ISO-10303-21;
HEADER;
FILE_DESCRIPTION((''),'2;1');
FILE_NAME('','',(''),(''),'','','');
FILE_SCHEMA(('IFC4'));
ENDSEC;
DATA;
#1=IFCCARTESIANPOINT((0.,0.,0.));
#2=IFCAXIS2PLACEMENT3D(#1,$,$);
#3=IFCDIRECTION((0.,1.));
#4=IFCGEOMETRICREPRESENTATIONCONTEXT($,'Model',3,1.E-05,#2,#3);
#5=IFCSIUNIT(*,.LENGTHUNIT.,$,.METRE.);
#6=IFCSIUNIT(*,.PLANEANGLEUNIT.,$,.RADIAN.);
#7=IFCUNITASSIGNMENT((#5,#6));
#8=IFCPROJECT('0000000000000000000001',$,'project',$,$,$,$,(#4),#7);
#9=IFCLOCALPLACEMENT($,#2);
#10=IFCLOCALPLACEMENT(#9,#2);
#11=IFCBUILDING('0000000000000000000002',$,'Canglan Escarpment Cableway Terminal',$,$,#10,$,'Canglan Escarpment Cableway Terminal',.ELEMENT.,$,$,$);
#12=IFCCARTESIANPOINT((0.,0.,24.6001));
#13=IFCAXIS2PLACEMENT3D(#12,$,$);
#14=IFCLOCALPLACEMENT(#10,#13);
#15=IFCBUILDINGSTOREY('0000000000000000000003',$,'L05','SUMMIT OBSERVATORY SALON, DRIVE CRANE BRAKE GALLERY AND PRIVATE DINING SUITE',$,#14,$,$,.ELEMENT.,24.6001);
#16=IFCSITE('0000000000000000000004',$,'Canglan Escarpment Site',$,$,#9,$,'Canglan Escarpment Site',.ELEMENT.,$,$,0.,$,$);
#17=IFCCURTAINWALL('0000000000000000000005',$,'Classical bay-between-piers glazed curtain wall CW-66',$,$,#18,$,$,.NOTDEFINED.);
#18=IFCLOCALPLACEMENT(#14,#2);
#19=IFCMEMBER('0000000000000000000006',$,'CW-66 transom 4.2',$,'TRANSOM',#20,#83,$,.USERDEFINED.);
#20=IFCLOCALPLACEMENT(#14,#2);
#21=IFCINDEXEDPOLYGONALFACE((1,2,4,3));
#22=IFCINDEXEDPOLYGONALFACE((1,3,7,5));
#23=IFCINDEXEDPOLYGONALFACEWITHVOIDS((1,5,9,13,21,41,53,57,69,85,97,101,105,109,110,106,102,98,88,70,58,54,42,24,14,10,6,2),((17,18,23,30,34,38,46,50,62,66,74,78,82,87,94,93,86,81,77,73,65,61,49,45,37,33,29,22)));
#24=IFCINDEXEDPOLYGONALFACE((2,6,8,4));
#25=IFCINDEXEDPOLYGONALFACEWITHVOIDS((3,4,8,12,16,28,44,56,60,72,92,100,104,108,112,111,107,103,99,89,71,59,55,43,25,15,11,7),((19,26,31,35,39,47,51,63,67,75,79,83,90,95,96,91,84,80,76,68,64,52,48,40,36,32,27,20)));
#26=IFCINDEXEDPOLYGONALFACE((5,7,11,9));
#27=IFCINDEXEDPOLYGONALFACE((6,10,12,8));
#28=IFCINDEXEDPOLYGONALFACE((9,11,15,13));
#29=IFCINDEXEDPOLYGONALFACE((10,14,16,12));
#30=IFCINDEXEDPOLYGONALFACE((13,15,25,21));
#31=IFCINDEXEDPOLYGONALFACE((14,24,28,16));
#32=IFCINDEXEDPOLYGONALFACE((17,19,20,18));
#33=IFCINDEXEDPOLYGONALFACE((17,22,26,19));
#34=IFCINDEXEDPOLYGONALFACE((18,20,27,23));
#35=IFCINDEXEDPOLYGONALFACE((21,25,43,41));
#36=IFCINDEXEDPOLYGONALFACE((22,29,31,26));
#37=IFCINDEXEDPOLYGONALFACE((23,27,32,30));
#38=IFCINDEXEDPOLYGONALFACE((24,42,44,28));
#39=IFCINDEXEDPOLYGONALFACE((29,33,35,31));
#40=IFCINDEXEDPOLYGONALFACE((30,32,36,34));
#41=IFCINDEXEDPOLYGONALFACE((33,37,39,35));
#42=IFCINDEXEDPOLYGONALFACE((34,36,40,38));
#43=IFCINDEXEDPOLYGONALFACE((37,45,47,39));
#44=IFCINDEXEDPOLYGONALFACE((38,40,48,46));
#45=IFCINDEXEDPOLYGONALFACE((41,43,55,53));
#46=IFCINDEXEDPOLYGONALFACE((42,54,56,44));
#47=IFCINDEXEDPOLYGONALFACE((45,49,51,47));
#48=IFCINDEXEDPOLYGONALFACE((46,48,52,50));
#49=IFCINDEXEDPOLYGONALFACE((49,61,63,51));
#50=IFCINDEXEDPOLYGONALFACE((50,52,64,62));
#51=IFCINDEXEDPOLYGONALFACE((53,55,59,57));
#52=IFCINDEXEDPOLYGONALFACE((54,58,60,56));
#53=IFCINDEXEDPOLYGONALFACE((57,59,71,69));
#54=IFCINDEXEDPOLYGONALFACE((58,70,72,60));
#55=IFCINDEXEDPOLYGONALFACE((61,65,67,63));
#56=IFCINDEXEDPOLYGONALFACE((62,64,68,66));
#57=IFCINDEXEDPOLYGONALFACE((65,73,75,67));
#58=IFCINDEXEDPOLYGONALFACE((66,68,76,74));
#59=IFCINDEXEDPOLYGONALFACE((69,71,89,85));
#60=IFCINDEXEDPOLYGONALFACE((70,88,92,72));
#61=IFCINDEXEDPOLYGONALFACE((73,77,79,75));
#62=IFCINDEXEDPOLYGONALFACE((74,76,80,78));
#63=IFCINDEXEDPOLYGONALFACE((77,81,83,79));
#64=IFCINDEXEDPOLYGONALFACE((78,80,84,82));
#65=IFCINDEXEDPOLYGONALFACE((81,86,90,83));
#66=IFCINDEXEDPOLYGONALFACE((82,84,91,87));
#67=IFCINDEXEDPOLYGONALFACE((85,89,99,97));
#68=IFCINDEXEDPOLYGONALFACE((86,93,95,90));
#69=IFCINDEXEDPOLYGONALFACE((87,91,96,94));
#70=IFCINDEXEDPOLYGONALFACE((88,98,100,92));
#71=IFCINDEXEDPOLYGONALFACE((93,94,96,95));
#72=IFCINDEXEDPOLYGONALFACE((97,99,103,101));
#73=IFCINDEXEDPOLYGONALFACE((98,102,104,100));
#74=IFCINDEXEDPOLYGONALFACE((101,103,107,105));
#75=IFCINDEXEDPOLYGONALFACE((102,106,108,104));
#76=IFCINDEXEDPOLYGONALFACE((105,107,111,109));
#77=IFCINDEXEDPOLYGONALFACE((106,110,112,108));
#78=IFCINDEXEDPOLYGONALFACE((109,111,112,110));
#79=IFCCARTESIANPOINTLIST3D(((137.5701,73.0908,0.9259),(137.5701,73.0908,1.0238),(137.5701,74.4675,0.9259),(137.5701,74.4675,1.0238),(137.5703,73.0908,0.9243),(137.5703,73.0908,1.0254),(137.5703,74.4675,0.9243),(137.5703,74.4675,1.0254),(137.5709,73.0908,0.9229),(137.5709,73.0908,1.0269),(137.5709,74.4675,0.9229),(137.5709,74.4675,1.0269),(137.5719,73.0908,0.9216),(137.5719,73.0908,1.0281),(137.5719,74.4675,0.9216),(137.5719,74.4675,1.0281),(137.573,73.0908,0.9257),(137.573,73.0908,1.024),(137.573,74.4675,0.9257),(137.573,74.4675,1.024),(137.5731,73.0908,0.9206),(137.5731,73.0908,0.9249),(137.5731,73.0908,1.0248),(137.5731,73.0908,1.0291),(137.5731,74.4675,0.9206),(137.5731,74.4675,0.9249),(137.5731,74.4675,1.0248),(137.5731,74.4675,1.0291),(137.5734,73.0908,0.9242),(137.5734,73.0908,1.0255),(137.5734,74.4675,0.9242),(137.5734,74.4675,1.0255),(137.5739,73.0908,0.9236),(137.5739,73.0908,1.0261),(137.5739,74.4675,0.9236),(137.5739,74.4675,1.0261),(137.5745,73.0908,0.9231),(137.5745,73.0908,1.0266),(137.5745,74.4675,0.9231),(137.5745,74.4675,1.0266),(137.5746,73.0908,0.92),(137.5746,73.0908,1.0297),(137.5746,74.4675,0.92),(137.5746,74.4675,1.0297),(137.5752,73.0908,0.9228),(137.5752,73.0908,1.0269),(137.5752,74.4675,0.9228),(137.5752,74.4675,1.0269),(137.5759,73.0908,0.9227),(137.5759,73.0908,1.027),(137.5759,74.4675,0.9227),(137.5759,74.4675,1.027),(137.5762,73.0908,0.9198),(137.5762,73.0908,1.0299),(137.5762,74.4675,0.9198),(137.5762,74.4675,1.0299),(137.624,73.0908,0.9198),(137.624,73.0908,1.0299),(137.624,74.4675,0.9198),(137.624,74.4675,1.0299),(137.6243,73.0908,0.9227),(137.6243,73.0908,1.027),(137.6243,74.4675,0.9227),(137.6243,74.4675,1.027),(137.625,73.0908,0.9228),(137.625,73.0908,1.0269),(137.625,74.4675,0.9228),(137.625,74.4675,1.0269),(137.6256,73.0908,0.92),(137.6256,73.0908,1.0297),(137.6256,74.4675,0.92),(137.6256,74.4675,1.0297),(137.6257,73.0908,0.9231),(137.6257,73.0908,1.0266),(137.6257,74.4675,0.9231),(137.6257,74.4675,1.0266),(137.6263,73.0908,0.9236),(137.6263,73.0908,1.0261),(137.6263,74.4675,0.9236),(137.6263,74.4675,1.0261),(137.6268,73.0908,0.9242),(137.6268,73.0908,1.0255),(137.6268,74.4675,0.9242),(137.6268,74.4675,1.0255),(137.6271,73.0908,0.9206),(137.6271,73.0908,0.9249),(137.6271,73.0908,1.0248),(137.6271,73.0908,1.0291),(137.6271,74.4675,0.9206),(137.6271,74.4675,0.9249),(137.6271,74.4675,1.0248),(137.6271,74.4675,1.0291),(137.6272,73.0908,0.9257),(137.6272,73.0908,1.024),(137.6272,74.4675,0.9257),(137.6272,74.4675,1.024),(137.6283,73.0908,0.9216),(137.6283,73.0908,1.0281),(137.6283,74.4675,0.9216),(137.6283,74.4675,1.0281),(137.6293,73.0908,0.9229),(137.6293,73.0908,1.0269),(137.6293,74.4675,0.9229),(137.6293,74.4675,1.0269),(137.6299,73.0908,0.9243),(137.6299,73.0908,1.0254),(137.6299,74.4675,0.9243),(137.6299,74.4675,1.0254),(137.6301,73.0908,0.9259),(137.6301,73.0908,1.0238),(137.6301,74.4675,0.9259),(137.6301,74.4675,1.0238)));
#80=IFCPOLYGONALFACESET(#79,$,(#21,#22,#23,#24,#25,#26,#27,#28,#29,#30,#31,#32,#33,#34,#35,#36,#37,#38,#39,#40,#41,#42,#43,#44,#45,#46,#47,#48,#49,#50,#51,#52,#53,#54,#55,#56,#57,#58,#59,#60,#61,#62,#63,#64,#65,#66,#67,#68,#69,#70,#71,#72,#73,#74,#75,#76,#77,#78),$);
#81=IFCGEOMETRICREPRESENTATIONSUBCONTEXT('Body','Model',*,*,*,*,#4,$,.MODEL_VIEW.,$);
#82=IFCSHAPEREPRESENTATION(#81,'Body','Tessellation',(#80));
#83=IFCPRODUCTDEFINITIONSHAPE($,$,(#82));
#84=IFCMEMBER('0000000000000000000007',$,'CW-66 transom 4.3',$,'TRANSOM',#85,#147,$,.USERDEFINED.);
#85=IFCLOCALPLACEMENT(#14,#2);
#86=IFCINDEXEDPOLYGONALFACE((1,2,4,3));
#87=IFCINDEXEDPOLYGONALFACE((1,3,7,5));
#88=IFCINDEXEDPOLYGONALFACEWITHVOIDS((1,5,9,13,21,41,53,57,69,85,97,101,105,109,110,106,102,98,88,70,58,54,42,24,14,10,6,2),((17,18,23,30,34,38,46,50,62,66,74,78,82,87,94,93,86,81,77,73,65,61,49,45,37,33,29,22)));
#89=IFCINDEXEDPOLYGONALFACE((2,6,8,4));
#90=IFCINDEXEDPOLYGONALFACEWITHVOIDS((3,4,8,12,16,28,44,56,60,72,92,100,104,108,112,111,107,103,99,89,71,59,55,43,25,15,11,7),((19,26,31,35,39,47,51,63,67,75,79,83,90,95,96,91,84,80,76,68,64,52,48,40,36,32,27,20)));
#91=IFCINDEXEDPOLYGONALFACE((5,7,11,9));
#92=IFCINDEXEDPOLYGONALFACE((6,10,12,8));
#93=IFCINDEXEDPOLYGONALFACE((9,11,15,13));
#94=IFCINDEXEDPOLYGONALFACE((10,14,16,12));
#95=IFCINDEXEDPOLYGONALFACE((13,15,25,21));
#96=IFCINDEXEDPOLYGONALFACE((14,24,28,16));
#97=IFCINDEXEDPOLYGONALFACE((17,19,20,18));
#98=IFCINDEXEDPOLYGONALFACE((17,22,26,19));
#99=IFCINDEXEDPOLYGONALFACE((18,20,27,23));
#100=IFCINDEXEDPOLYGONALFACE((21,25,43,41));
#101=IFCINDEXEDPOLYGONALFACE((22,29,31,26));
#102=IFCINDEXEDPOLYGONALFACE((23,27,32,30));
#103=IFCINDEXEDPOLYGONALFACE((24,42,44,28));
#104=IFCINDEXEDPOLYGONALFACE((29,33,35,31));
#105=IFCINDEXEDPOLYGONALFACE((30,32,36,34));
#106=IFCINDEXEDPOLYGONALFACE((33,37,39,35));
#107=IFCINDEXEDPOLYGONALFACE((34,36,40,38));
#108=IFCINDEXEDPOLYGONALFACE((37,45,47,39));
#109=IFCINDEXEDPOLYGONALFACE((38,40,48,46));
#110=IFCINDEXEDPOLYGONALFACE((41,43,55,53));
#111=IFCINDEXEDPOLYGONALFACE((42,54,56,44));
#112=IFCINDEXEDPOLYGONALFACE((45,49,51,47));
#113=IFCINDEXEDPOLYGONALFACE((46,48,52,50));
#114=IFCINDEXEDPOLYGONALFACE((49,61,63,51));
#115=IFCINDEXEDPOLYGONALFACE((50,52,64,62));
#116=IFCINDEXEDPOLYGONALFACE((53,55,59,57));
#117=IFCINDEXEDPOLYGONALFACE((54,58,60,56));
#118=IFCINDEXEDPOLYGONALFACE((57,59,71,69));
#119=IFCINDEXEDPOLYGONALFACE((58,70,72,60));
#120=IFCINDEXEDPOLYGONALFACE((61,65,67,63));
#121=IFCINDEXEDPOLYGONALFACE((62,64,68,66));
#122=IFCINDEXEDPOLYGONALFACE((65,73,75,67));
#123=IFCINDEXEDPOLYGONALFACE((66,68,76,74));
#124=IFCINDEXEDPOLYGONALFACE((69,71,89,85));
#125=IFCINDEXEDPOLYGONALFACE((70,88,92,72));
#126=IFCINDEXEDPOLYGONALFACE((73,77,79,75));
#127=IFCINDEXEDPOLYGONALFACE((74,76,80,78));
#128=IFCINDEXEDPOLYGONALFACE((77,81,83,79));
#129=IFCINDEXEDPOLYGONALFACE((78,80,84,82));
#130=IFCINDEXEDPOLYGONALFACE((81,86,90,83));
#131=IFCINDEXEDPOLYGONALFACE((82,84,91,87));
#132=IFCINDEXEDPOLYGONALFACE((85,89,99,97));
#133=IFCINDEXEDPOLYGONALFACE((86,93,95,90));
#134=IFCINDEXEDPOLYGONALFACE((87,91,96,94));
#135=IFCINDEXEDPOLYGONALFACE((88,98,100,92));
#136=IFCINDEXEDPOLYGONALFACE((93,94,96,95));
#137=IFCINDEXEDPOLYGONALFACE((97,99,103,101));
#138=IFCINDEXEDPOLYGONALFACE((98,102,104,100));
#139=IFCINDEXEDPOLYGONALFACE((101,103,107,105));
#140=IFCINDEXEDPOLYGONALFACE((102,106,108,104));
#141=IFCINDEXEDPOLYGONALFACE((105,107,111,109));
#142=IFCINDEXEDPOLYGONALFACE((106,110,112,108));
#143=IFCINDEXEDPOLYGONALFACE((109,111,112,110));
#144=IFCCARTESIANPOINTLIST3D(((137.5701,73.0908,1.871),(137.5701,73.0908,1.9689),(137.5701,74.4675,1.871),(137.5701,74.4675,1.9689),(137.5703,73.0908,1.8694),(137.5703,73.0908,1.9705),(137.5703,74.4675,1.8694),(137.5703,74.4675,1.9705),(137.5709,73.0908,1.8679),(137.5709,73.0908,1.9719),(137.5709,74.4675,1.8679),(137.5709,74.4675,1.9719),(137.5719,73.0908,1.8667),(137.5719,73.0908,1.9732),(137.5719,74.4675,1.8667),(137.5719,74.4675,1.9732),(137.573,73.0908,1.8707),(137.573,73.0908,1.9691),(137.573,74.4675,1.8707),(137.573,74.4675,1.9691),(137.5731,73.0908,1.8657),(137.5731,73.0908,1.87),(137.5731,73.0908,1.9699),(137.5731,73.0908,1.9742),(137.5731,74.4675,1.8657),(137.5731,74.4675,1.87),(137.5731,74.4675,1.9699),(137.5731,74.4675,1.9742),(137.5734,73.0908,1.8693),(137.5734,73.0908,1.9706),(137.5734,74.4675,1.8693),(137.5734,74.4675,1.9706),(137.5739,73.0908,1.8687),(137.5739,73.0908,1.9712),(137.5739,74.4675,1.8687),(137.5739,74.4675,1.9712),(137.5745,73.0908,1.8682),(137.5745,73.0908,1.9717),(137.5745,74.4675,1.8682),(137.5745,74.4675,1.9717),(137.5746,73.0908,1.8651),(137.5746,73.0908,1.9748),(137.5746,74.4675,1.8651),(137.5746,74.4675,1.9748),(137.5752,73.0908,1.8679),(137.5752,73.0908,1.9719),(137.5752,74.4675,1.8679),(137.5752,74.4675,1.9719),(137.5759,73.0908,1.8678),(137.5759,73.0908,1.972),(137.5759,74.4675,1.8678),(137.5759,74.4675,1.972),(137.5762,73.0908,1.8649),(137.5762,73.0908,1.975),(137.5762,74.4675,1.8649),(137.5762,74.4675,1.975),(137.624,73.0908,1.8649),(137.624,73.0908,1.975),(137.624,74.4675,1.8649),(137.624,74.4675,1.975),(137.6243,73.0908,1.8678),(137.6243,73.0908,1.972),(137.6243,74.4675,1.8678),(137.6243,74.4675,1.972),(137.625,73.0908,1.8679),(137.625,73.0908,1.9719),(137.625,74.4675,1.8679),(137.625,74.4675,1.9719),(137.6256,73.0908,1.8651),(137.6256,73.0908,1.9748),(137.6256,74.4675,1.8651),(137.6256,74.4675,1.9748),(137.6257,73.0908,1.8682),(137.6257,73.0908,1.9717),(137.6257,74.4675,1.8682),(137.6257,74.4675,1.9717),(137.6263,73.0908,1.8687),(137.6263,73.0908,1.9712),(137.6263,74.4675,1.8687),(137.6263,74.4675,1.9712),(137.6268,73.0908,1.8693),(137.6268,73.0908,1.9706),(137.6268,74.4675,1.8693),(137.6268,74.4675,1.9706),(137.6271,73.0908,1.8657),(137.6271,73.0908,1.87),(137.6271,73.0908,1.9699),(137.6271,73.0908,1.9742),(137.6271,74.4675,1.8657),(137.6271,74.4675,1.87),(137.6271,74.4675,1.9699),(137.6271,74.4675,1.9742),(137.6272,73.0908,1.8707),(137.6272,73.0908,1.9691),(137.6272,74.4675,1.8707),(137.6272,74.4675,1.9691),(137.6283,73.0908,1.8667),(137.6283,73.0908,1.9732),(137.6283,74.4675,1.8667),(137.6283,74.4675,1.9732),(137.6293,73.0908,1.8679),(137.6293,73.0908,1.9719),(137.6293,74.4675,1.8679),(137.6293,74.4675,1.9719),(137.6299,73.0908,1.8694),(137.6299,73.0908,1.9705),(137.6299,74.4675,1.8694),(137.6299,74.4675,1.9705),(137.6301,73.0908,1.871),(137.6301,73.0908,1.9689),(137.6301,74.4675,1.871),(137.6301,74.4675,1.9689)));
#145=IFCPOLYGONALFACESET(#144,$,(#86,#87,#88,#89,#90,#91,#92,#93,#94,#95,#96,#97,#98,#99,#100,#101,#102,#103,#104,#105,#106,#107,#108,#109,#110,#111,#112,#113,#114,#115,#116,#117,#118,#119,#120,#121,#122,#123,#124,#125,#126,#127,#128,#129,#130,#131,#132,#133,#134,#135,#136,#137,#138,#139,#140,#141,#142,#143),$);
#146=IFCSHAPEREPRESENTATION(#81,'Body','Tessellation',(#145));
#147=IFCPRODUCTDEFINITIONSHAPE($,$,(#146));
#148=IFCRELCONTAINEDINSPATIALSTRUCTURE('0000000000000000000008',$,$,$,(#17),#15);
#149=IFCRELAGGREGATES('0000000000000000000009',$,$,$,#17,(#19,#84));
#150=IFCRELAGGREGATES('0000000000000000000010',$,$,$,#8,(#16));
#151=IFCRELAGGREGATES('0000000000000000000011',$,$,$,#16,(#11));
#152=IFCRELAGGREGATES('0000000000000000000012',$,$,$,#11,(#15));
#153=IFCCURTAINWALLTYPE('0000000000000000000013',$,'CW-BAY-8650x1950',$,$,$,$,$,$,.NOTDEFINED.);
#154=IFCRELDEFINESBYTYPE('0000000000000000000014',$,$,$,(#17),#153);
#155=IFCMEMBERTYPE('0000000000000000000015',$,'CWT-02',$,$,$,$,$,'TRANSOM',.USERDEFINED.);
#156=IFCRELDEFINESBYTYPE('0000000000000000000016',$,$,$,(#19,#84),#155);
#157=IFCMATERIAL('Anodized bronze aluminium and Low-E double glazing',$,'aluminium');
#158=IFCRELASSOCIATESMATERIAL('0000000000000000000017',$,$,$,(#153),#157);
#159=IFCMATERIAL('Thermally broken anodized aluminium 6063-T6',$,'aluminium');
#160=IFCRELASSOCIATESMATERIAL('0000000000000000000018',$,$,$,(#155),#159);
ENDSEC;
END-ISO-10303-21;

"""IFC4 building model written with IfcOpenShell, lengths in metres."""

from ifc_helpers import new_model, si_unit, direction, frame, origin, origin_2d, place, context, subcontext, project, spatial, hollow_rectangle, extrude, material, material_profile, profile_set, type_object, element, aggregate, save


model = new_model("IFC4")

# Units and contexts
model_context = context("Model", 3, precision=1e-05, world=origin(), true_north=direction((0.0, 1.0)))
body_context = subcontext(model_context, "Body", "Model", "MODEL_VIEW")
ifc_project = project(units=[si_unit("LENGTHUNIT", "METRE"), si_unit("PLANEANGLEUNIT", "RADIAN")], contexts=[model_context])

# Site, building, storey
site_placement = place(None, origin())
site = spatial("IfcSite", under=ifc_project, at=site_placement, Name="Canglan Escarpment Site", LongName="Canglan Escarpment Site", CompositionType="ELEMENT", RefElevation=0.0)
building_placement = place(site_placement, origin())
building = spatial("IfcBuilding", under=site, at=building_placement, Name="Canglan Escarpment Cableway Terminal", LongName="Canglan Escarpment Cableway Terminal", CompositionType="ELEMENT")
storey_placement = place(building_placement, frame((0.0, 0.0, 24.6001)))
storey = spatial("IfcBuildingStorey", under=building, at=storey_placement, Name="L05", Description="SUMMIT OBSERVATORY SALON, DRIVE CRANE BRAKE GALLERY AND PRIVATE DINING SUITE", CompositionType="ELEMENT", Elevation=24.6001)

# Shared definitions
ifc_material_1 = material(Name="Anodized bronze aluminium and Low-E double glazing", Category="aluminium")
curtain_wall_type = type_object("IfcCurtainWallType", Name="CW-BAY-8650x1950", PredefinedType="NOTDEFINED", material=ifc_material_1)
ifc_material_2 = material(Name="Thermally broken anodized aluminium 6063-T6", Category="aluminium")

# Curtain wall
curtain_wall_1_placement = place(storey_placement, origin())
curtain_wall_1 = element("IfcCurtainWall", 1, at=curtain_wall_1_placement, inside=storey, type_object=curtain_wall_type, Name="Classical bay-between-piers glazed curtain wall CW-66", PredefinedType="NOTDEFINED")

# Members
ifc_material_profile_1 = material_profile(ifc_material_2, hollow_rectangle(XDim=0.0601, YDim=0.1101, WallThickness=0.0029, InnerFilletRadius=0.0029, OuterFilletRadius=0.0061, at=origin_2d()), Name="ALU-TRAN 60x110x3")
ifc_profile_set_1 = profile_set([ifc_material_profile_1], Name="Thermally broken anodized aluminium 6063-T6")
member_type_1 = type_object("IfcMemberType", Name="CWT-02", ElementType="TRANSOM", PredefinedType="USERDEFINED", material=ifc_profile_set_1)
member_1_placement = place(storey_placement, frame((137.6001, 74.4675, 0.9749), z_axis=(0.0, -1.0, 0.0), x_axis=(1.0, 0.0, 0.0)))
member_1 = element("IfcMember", 2, at=member_1_placement, type_object=member_type_1, Name="CW-66 transom 4.2", ObjectType="TRANSOM", PredefinedType="USERDEFINED", context=body_context, shape_type="SweptSolid", body=[
    extrude(hollow_rectangle(XDim=0.0601, YDim=0.1101, WallThickness=0.0029, InnerFilletRadius=0.0029, OuterFilletRadius=0.0061, at=origin_2d()), origin(), (0.0, 0.0, 1.0), 1.3767),
])
member_2_placement = place(storey_placement, frame((137.6001, 74.4675, 1.9199), z_axis=(0.0, -1.0, 0.0), x_axis=(1.0, 0.0, 0.0)))
member_2 = element("IfcMember", 3, at=member_2_placement, type_object=member_type_1, Name="CW-66 transom 4.3", ObjectType="TRANSOM", PredefinedType="USERDEFINED", context=body_context, shape_type="SweptSolid", body=[
    extrude(hollow_rectangle(XDim=0.0601, YDim=0.1101, WallThickness=0.0029, InnerFilletRadius=0.0029, OuterFilletRadius=0.0061, at=origin_2d()), origin(), (0.0, 0.0, 1.0), 1.3767),
])

aggregate(curtain_wall_1, [member_1, member_2])

save(model, "model.ifc")
